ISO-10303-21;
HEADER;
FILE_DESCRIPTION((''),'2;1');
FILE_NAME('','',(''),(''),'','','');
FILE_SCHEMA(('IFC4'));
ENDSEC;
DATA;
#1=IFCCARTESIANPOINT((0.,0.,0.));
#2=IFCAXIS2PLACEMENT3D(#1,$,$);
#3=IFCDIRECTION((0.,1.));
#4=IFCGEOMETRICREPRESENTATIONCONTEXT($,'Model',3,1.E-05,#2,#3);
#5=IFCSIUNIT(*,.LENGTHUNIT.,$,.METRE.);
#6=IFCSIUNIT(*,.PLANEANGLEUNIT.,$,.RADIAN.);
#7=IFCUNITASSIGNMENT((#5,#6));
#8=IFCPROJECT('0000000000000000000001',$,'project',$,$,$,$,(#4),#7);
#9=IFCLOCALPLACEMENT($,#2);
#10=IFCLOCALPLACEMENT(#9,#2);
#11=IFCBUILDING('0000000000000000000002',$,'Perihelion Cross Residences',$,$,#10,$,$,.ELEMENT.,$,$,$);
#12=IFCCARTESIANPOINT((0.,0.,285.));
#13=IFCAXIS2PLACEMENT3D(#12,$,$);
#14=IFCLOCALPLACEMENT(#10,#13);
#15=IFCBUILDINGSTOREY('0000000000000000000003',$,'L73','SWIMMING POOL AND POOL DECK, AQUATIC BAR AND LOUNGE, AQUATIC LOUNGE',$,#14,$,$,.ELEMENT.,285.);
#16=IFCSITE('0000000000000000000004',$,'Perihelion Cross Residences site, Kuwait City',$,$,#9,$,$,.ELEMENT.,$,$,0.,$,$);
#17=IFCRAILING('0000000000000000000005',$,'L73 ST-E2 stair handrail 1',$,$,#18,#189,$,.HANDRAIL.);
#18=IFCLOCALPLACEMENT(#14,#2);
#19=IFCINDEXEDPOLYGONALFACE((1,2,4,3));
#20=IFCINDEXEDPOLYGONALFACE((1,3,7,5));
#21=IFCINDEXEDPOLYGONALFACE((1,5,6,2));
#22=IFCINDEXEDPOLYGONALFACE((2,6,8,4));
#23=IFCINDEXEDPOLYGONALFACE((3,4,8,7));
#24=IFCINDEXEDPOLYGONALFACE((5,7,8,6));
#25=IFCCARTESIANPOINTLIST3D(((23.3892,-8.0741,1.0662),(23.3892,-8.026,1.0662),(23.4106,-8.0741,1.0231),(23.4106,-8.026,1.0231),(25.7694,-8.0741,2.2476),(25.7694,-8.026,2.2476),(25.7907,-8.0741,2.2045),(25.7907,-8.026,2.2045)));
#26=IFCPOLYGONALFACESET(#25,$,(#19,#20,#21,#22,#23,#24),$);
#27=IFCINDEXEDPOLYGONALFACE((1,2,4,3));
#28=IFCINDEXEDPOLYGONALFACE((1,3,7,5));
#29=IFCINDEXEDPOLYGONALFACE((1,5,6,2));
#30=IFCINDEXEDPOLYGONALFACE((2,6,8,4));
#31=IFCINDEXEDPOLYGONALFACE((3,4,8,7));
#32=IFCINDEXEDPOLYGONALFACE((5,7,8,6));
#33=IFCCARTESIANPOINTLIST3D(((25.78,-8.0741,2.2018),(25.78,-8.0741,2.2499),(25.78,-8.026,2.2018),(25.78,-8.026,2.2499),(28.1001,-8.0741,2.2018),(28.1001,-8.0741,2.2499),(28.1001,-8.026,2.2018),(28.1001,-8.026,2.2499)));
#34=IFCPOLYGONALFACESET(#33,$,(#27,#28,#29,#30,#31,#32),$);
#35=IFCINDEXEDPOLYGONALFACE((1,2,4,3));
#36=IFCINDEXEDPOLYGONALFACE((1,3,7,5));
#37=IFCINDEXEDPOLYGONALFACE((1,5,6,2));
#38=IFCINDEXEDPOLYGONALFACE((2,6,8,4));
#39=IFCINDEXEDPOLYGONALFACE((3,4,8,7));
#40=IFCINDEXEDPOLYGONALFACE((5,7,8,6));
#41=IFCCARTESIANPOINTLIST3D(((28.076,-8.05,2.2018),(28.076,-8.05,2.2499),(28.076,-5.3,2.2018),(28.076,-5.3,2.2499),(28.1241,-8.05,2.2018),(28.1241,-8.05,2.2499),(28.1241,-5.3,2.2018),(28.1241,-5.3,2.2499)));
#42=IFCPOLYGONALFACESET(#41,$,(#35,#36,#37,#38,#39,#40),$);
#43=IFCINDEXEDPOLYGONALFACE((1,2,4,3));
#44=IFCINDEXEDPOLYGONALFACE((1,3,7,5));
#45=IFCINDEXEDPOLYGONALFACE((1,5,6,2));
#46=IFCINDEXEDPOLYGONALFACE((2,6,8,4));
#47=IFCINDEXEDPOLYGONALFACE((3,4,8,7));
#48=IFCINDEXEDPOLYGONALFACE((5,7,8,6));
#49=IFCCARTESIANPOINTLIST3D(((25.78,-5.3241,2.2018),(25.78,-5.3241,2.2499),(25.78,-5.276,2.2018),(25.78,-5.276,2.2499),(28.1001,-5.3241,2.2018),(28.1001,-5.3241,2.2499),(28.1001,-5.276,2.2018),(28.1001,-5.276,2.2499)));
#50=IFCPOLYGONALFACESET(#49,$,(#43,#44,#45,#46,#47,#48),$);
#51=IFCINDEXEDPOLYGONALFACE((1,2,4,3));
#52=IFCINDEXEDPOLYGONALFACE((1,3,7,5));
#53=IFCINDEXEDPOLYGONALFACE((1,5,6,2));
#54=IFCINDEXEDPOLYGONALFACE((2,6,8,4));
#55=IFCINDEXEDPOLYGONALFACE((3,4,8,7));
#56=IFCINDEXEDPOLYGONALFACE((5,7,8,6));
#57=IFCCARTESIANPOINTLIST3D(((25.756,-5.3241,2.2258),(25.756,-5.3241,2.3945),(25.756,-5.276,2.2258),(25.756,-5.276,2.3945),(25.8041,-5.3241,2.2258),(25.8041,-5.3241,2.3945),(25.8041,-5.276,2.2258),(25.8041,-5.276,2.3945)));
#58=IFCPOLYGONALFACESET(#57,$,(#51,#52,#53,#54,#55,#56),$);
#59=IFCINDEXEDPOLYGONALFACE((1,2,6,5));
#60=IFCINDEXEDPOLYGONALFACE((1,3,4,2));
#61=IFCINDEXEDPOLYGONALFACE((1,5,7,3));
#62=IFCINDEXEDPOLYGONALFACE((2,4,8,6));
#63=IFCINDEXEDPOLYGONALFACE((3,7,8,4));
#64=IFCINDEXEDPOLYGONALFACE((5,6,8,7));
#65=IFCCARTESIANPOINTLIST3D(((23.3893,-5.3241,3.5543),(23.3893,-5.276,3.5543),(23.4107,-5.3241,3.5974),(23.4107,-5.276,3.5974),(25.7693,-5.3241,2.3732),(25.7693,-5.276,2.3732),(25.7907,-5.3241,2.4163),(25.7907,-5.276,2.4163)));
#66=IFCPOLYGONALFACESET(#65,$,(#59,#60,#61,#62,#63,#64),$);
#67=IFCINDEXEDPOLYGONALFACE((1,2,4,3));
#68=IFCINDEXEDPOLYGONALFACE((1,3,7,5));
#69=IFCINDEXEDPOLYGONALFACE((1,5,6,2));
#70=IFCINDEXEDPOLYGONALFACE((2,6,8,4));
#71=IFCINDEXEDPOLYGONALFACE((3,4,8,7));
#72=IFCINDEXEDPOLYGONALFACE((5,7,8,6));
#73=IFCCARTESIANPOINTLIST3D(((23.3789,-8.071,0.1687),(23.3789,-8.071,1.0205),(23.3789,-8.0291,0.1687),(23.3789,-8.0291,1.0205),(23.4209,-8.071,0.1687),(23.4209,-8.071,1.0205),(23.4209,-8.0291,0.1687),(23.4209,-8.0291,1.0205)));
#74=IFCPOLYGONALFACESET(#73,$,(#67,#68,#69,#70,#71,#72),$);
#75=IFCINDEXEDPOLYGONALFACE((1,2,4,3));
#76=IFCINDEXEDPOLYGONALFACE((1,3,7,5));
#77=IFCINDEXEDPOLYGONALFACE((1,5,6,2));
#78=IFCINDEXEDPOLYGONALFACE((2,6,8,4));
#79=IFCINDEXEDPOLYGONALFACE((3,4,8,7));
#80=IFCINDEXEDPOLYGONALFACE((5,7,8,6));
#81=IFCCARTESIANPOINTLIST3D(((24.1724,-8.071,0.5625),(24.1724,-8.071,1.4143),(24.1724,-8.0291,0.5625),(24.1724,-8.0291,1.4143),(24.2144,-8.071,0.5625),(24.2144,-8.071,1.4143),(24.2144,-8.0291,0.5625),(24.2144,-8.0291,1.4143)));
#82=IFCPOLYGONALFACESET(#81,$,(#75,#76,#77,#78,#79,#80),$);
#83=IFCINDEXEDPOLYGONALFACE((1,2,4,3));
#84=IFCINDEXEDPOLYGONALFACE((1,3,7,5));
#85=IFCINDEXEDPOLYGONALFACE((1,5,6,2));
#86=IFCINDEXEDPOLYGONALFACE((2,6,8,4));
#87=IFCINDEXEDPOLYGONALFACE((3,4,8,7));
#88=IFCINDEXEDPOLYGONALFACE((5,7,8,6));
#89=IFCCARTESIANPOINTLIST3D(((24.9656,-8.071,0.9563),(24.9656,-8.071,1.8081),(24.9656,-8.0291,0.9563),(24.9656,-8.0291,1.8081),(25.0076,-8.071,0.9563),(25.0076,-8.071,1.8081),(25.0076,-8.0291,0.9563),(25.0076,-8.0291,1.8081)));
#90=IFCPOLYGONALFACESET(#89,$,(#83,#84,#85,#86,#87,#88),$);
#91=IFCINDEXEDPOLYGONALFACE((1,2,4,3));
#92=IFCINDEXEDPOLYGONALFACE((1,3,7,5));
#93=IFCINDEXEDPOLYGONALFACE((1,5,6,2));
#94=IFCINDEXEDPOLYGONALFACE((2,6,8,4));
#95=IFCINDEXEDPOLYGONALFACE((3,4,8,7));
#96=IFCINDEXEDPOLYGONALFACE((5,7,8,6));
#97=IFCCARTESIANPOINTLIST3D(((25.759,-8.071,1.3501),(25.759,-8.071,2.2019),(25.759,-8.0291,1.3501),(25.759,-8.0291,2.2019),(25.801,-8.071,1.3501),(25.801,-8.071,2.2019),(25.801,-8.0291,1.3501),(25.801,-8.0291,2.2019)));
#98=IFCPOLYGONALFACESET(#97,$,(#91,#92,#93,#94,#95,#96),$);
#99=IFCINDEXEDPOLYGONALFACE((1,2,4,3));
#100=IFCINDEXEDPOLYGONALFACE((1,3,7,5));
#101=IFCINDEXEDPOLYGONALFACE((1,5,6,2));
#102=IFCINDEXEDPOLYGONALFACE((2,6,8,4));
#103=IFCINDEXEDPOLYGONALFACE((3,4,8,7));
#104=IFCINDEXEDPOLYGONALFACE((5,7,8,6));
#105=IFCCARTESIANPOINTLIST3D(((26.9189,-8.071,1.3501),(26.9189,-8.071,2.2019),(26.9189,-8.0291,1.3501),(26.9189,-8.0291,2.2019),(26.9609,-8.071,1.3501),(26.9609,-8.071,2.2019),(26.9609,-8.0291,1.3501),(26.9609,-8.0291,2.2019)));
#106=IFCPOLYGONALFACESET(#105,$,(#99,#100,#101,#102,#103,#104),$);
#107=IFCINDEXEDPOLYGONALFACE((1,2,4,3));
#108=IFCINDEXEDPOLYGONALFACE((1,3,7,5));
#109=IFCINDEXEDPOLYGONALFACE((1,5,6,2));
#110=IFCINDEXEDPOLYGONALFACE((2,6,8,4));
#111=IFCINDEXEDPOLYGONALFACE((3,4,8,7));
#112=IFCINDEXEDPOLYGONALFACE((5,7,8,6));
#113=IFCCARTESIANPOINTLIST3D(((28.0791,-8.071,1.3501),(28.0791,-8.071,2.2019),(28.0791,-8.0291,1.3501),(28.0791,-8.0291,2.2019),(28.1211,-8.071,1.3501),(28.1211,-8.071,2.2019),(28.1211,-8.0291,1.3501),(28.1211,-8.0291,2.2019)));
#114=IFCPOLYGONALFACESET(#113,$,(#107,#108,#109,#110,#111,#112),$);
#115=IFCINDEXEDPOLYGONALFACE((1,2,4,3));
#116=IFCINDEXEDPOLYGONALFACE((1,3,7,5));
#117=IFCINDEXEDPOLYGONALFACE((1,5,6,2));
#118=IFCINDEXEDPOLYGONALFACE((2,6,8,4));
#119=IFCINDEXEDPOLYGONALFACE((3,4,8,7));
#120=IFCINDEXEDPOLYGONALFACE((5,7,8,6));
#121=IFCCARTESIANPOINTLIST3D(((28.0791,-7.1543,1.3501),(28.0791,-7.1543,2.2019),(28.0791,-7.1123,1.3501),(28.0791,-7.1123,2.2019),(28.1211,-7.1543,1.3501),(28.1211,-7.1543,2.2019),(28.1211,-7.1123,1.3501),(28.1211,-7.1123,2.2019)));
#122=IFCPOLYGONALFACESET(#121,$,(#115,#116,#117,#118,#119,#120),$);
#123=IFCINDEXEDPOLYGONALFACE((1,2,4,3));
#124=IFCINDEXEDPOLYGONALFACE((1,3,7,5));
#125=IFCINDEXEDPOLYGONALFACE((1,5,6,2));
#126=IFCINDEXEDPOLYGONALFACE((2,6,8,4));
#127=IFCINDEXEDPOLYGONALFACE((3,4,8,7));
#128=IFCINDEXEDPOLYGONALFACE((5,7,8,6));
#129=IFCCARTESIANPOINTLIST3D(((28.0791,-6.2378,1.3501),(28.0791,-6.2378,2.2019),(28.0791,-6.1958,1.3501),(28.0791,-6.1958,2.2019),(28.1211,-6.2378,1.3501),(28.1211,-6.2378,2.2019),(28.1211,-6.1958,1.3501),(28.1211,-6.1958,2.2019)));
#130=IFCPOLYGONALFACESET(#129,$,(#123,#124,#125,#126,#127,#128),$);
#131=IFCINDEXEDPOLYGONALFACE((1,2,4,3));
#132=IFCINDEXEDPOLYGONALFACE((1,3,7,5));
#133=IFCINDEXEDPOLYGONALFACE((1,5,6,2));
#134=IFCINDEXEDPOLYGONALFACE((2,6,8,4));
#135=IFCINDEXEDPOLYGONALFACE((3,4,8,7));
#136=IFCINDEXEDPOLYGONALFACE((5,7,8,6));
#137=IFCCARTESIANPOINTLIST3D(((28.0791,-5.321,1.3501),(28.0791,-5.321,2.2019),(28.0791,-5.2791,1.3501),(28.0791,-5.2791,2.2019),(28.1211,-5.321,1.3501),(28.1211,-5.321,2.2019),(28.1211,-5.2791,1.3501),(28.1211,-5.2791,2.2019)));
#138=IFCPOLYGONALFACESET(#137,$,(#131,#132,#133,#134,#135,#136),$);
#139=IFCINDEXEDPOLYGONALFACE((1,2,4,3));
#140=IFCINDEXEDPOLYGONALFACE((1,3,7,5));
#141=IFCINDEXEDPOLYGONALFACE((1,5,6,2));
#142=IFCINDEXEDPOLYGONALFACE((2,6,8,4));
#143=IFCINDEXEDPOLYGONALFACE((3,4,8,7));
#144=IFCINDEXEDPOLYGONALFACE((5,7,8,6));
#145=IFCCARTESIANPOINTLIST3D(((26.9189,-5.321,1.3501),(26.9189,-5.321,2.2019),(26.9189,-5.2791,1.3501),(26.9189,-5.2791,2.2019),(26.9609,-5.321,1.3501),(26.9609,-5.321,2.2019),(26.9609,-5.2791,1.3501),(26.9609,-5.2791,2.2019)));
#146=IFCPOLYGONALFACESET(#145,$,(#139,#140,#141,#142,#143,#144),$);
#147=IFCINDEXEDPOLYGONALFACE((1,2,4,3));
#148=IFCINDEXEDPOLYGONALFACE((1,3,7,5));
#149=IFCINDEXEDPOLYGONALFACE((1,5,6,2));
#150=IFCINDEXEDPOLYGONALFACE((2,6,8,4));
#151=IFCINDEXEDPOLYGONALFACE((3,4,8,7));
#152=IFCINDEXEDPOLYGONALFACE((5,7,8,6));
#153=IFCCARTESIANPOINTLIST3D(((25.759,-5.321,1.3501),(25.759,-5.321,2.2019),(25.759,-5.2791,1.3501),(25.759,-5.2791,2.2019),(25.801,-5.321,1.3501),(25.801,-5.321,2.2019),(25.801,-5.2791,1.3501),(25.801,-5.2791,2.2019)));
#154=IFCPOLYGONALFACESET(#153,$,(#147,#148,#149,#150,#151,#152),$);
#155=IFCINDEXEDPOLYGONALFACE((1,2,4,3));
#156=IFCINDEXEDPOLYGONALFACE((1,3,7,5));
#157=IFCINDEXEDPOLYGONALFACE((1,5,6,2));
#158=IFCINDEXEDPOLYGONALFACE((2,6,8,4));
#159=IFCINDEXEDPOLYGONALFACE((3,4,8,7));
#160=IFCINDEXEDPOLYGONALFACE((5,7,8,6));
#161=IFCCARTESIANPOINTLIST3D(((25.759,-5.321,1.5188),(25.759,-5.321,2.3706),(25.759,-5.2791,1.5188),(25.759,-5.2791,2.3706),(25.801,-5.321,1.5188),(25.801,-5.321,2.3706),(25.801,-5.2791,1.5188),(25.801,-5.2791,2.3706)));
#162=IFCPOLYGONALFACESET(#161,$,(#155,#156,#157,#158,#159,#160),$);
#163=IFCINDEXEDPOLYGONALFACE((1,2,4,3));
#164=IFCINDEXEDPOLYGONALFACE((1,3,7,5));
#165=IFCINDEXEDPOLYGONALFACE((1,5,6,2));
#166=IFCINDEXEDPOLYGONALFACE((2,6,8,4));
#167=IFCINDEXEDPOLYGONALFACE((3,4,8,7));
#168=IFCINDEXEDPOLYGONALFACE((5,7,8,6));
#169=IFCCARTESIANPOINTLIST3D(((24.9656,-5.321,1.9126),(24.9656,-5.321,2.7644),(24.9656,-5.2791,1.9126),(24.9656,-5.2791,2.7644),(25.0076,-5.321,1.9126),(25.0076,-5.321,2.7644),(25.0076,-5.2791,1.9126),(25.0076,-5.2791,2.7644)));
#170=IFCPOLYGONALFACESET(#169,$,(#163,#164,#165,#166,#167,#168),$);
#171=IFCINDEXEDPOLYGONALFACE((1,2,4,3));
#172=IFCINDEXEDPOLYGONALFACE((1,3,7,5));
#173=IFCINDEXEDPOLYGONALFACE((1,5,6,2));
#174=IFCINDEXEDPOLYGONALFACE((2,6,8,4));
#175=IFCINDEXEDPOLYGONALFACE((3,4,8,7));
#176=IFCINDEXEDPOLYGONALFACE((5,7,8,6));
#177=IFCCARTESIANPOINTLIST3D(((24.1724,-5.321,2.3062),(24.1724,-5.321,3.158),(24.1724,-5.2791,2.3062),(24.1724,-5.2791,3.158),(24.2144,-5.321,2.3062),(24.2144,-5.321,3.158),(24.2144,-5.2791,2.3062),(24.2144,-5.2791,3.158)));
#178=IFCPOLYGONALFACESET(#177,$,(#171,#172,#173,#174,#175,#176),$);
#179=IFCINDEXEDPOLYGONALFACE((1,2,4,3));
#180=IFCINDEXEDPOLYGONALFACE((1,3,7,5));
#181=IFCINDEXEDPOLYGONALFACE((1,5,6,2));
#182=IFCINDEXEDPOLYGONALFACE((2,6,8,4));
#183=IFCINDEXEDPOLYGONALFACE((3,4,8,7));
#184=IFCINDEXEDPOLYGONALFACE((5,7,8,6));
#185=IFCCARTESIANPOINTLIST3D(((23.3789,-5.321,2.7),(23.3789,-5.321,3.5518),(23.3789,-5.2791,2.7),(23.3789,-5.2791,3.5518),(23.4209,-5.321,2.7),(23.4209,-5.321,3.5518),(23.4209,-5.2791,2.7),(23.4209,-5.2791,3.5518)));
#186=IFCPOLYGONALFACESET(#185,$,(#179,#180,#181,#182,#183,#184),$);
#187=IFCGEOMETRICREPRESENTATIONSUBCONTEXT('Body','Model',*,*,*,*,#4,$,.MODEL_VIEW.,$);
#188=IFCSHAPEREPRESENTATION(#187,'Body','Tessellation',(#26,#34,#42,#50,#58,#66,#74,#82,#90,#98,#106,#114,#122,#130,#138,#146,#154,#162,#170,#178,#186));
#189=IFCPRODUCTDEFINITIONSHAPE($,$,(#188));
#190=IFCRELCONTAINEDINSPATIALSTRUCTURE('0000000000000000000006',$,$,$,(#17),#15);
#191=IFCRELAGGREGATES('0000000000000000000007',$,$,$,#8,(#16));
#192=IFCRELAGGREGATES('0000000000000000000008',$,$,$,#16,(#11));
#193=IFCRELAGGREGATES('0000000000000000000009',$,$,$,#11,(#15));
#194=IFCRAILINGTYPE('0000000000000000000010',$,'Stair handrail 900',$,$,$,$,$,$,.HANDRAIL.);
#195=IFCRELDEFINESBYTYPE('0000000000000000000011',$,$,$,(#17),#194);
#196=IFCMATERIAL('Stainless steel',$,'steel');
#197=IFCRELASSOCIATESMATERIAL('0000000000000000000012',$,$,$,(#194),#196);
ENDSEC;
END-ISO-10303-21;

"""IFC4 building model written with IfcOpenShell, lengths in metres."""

from ifc_helpers import new_model, si_unit, direction, frame, origin, origin_2d, place, context, subcontext, project, spatial, rectangle, extrude, material, type_object, element, save


model = new_model("IFC4")

# Units and contexts
model_context = context("Model", 3, precision=1e-05, world=origin(), true_north=direction((0.0, 1.0)))
body_context = subcontext(model_context, "Body", "Model", "MODEL_VIEW")
ifc_project = project(units=[si_unit("LENGTHUNIT", "METRE"), si_unit("PLANEANGLEUNIT", "RADIAN")], contexts=[model_context])

# Site, building, storey
site_placement = place(None, origin())
site = spatial("IfcSite", under=ifc_project, at=site_placement, Name="Perihelion Cross Residences site, Kuwait City", CompositionType="ELEMENT", RefElevation=0.0)
building_placement = place(site_placement, origin())
building = spatial("IfcBuilding", under=site, at=building_placement, Name="Perihelion Cross Residences", CompositionType="ELEMENT")
storey_placement = place(building_placement, frame((0.0, 0.0, 285.0)))
storey = spatial("IfcBuildingStorey", under=building, at=storey_placement, Name="L73", Description="SWIMMING POOL AND POOL DECK, AQUATIC BAR AND LOUNGE, AQUATIC LOUNGE", CompositionType="ELEMENT", Elevation=285.0)

# Railing
ifc_material_1 = material(Name="Stainless steel", Category="steel")
railing_type_1 = type_object("IfcRailingType", Name="Stair handrail 900", PredefinedType="HANDRAIL", material=ifc_material_1)
railing_1_placement = place(storey_placement, frame((23.3999, -8.05, 0.1687)))
element("IfcRailing", 1, at=railing_1_placement, inside=storey, type_object=railing_type_1, Name="L73 ST-E2 stair handrail 1", PredefinedType="HANDRAIL", context=body_context, shape_type="SweptSolid", body=[
    extrude(rectangle(XDim=0.0481, YDim=0.0481, at=origin_2d()), frame((0.0, 0.0, 0.876), z_axis=(0.895728, 0.0, 0.444602), x_axis=(0.0, 1.0, 0.0)), (0.0, 0.0, 1.0), 2.6572),
    extrude(rectangle(XDim=0.0481, YDim=0.0481, at=origin_2d()), frame((2.3801, 0.0, 2.0571), z_axis=(1.0, 0.0, 0.0), x_axis=(0.0, 1.0, 0.0)), (0.0, 0.0, 1.0), 2.3201),
    extrude(rectangle(XDim=0.0481, YDim=0.0481, at=origin_2d()), frame((4.7002, 0.0, 2.0571), z_axis=(0.0, 1.0, 0.0), x_axis=(-1.0, 0.0, 0.0)), (0.0, 0.0, 1.0), 2.75),
    extrude(rectangle(XDim=0.0481, YDim=0.0481, at=origin_2d()), frame((4.7002, 2.75, 2.0571), z_axis=(-1.0, 0.0, 0.0), x_axis=(0.0, -1.0, 0.0)), (0.0, 0.0, 1.0), 2.3201),
    extrude(rectangle(XDim=0.0481, YDim=0.0481, at=origin_2d()), frame((2.3801, 2.75, 2.0571), z_axis=(0.0, 0.0, 1.0), x_axis=(1.0, 0.0, 0.0)), (0.0, 0.0, 1.0), 0.1687),
    extrude(rectangle(XDim=0.0481, YDim=0.0481, at=origin_2d()), frame((2.3801, 2.75, 2.2261), z_axis=(-0.895765, 0.0, 0.444529), x_axis=(0.0, -1.0, 0.0)), (0.0, 0.0, 1.0), 2.657),
    extrude(rectangle(XDim=0.042, YDim=0.042, at=origin_2d()), origin(), (0.0, 0.0, 1.0), 0.8518),
    extrude(rectangle(XDim=0.042, YDim=0.042, at=origin_2d()), frame((0.7935, 0.0, 0.3938)), (0.0, 0.0, 1.0), 0.8518),
    extrude(rectangle(XDim=0.042, YDim=0.042, at=origin_2d()), frame((1.5867, 0.0, 0.7876)), (0.0, 0.0, 1.0), 0.8518),
    extrude(rectangle(XDim=0.042, YDim=0.042, at=origin_2d()), frame((2.3801, 0.0, 1.1814)), (0.0, 0.0, 1.0), 0.8518),
    extrude(rectangle(XDim=0.042, YDim=0.042, at=origin_2d()), frame((3.54, 0.0, 1.1814)), (0.0, 0.0, 1.0), 0.8518),
    extrude(rectangle(XDim=0.042, YDim=0.042, at=origin_2d()), frame((4.7002, 0.0, 1.1814)), (0.0, 0.0, 1.0), 0.8518),
    extrude(rectangle(XDim=0.042, YDim=0.042, at=origin_2d()), frame((4.7002, 0.9167, 1.1814)), (0.0, 0.0, 1.0), 0.8518),
    extrude(rectangle(XDim=0.042, YDim=0.042, at=origin_2d()), frame((4.7002, 1.8333, 1.1814)), (0.0, 0.0, 1.0), 0.8518),
    extrude(rectangle(XDim=0.042, YDim=0.042, at=origin_2d()), frame((4.7002, 2.75, 1.1814)), (0.0, 0.0, 1.0), 0.8518),
    extrude(rectangle(XDim=0.042, YDim=0.042, at=origin_2d()), frame((3.54, 2.75, 1.1814)), (0.0, 0.0, 1.0), 0.8518),
    extrude(rectangle(XDim=0.042, YDim=0.042, at=origin_2d()), frame((2.3801, 2.75, 1.1814)), (0.0, 0.0, 1.0), 0.8518),
    extrude(rectangle(XDim=0.042, YDim=0.042, at=origin_2d()), frame((2.3801, 2.75, 1.3501)), (0.0, 0.0, 1.0), 0.8518),
    extrude(rectangle(XDim=0.042, YDim=0.042, at=origin_2d()), frame((1.5867, 2.75, 1.7439)), (0.0, 0.0, 1.0), 0.8518),
    extrude(rectangle(XDim=0.042, YDim=0.042, at=origin_2d()), frame((0.7935, 2.75, 2.1375)), (0.0, 0.0, 1.0), 0.8518),
    extrude(rectangle(XDim=0.042, YDim=0.042, at=origin_2d()), frame((0.0, 2.75, 2.5312)), (0.0, 0.0, 1.0), 0.8518),
])

save(model, "model.ifc")
